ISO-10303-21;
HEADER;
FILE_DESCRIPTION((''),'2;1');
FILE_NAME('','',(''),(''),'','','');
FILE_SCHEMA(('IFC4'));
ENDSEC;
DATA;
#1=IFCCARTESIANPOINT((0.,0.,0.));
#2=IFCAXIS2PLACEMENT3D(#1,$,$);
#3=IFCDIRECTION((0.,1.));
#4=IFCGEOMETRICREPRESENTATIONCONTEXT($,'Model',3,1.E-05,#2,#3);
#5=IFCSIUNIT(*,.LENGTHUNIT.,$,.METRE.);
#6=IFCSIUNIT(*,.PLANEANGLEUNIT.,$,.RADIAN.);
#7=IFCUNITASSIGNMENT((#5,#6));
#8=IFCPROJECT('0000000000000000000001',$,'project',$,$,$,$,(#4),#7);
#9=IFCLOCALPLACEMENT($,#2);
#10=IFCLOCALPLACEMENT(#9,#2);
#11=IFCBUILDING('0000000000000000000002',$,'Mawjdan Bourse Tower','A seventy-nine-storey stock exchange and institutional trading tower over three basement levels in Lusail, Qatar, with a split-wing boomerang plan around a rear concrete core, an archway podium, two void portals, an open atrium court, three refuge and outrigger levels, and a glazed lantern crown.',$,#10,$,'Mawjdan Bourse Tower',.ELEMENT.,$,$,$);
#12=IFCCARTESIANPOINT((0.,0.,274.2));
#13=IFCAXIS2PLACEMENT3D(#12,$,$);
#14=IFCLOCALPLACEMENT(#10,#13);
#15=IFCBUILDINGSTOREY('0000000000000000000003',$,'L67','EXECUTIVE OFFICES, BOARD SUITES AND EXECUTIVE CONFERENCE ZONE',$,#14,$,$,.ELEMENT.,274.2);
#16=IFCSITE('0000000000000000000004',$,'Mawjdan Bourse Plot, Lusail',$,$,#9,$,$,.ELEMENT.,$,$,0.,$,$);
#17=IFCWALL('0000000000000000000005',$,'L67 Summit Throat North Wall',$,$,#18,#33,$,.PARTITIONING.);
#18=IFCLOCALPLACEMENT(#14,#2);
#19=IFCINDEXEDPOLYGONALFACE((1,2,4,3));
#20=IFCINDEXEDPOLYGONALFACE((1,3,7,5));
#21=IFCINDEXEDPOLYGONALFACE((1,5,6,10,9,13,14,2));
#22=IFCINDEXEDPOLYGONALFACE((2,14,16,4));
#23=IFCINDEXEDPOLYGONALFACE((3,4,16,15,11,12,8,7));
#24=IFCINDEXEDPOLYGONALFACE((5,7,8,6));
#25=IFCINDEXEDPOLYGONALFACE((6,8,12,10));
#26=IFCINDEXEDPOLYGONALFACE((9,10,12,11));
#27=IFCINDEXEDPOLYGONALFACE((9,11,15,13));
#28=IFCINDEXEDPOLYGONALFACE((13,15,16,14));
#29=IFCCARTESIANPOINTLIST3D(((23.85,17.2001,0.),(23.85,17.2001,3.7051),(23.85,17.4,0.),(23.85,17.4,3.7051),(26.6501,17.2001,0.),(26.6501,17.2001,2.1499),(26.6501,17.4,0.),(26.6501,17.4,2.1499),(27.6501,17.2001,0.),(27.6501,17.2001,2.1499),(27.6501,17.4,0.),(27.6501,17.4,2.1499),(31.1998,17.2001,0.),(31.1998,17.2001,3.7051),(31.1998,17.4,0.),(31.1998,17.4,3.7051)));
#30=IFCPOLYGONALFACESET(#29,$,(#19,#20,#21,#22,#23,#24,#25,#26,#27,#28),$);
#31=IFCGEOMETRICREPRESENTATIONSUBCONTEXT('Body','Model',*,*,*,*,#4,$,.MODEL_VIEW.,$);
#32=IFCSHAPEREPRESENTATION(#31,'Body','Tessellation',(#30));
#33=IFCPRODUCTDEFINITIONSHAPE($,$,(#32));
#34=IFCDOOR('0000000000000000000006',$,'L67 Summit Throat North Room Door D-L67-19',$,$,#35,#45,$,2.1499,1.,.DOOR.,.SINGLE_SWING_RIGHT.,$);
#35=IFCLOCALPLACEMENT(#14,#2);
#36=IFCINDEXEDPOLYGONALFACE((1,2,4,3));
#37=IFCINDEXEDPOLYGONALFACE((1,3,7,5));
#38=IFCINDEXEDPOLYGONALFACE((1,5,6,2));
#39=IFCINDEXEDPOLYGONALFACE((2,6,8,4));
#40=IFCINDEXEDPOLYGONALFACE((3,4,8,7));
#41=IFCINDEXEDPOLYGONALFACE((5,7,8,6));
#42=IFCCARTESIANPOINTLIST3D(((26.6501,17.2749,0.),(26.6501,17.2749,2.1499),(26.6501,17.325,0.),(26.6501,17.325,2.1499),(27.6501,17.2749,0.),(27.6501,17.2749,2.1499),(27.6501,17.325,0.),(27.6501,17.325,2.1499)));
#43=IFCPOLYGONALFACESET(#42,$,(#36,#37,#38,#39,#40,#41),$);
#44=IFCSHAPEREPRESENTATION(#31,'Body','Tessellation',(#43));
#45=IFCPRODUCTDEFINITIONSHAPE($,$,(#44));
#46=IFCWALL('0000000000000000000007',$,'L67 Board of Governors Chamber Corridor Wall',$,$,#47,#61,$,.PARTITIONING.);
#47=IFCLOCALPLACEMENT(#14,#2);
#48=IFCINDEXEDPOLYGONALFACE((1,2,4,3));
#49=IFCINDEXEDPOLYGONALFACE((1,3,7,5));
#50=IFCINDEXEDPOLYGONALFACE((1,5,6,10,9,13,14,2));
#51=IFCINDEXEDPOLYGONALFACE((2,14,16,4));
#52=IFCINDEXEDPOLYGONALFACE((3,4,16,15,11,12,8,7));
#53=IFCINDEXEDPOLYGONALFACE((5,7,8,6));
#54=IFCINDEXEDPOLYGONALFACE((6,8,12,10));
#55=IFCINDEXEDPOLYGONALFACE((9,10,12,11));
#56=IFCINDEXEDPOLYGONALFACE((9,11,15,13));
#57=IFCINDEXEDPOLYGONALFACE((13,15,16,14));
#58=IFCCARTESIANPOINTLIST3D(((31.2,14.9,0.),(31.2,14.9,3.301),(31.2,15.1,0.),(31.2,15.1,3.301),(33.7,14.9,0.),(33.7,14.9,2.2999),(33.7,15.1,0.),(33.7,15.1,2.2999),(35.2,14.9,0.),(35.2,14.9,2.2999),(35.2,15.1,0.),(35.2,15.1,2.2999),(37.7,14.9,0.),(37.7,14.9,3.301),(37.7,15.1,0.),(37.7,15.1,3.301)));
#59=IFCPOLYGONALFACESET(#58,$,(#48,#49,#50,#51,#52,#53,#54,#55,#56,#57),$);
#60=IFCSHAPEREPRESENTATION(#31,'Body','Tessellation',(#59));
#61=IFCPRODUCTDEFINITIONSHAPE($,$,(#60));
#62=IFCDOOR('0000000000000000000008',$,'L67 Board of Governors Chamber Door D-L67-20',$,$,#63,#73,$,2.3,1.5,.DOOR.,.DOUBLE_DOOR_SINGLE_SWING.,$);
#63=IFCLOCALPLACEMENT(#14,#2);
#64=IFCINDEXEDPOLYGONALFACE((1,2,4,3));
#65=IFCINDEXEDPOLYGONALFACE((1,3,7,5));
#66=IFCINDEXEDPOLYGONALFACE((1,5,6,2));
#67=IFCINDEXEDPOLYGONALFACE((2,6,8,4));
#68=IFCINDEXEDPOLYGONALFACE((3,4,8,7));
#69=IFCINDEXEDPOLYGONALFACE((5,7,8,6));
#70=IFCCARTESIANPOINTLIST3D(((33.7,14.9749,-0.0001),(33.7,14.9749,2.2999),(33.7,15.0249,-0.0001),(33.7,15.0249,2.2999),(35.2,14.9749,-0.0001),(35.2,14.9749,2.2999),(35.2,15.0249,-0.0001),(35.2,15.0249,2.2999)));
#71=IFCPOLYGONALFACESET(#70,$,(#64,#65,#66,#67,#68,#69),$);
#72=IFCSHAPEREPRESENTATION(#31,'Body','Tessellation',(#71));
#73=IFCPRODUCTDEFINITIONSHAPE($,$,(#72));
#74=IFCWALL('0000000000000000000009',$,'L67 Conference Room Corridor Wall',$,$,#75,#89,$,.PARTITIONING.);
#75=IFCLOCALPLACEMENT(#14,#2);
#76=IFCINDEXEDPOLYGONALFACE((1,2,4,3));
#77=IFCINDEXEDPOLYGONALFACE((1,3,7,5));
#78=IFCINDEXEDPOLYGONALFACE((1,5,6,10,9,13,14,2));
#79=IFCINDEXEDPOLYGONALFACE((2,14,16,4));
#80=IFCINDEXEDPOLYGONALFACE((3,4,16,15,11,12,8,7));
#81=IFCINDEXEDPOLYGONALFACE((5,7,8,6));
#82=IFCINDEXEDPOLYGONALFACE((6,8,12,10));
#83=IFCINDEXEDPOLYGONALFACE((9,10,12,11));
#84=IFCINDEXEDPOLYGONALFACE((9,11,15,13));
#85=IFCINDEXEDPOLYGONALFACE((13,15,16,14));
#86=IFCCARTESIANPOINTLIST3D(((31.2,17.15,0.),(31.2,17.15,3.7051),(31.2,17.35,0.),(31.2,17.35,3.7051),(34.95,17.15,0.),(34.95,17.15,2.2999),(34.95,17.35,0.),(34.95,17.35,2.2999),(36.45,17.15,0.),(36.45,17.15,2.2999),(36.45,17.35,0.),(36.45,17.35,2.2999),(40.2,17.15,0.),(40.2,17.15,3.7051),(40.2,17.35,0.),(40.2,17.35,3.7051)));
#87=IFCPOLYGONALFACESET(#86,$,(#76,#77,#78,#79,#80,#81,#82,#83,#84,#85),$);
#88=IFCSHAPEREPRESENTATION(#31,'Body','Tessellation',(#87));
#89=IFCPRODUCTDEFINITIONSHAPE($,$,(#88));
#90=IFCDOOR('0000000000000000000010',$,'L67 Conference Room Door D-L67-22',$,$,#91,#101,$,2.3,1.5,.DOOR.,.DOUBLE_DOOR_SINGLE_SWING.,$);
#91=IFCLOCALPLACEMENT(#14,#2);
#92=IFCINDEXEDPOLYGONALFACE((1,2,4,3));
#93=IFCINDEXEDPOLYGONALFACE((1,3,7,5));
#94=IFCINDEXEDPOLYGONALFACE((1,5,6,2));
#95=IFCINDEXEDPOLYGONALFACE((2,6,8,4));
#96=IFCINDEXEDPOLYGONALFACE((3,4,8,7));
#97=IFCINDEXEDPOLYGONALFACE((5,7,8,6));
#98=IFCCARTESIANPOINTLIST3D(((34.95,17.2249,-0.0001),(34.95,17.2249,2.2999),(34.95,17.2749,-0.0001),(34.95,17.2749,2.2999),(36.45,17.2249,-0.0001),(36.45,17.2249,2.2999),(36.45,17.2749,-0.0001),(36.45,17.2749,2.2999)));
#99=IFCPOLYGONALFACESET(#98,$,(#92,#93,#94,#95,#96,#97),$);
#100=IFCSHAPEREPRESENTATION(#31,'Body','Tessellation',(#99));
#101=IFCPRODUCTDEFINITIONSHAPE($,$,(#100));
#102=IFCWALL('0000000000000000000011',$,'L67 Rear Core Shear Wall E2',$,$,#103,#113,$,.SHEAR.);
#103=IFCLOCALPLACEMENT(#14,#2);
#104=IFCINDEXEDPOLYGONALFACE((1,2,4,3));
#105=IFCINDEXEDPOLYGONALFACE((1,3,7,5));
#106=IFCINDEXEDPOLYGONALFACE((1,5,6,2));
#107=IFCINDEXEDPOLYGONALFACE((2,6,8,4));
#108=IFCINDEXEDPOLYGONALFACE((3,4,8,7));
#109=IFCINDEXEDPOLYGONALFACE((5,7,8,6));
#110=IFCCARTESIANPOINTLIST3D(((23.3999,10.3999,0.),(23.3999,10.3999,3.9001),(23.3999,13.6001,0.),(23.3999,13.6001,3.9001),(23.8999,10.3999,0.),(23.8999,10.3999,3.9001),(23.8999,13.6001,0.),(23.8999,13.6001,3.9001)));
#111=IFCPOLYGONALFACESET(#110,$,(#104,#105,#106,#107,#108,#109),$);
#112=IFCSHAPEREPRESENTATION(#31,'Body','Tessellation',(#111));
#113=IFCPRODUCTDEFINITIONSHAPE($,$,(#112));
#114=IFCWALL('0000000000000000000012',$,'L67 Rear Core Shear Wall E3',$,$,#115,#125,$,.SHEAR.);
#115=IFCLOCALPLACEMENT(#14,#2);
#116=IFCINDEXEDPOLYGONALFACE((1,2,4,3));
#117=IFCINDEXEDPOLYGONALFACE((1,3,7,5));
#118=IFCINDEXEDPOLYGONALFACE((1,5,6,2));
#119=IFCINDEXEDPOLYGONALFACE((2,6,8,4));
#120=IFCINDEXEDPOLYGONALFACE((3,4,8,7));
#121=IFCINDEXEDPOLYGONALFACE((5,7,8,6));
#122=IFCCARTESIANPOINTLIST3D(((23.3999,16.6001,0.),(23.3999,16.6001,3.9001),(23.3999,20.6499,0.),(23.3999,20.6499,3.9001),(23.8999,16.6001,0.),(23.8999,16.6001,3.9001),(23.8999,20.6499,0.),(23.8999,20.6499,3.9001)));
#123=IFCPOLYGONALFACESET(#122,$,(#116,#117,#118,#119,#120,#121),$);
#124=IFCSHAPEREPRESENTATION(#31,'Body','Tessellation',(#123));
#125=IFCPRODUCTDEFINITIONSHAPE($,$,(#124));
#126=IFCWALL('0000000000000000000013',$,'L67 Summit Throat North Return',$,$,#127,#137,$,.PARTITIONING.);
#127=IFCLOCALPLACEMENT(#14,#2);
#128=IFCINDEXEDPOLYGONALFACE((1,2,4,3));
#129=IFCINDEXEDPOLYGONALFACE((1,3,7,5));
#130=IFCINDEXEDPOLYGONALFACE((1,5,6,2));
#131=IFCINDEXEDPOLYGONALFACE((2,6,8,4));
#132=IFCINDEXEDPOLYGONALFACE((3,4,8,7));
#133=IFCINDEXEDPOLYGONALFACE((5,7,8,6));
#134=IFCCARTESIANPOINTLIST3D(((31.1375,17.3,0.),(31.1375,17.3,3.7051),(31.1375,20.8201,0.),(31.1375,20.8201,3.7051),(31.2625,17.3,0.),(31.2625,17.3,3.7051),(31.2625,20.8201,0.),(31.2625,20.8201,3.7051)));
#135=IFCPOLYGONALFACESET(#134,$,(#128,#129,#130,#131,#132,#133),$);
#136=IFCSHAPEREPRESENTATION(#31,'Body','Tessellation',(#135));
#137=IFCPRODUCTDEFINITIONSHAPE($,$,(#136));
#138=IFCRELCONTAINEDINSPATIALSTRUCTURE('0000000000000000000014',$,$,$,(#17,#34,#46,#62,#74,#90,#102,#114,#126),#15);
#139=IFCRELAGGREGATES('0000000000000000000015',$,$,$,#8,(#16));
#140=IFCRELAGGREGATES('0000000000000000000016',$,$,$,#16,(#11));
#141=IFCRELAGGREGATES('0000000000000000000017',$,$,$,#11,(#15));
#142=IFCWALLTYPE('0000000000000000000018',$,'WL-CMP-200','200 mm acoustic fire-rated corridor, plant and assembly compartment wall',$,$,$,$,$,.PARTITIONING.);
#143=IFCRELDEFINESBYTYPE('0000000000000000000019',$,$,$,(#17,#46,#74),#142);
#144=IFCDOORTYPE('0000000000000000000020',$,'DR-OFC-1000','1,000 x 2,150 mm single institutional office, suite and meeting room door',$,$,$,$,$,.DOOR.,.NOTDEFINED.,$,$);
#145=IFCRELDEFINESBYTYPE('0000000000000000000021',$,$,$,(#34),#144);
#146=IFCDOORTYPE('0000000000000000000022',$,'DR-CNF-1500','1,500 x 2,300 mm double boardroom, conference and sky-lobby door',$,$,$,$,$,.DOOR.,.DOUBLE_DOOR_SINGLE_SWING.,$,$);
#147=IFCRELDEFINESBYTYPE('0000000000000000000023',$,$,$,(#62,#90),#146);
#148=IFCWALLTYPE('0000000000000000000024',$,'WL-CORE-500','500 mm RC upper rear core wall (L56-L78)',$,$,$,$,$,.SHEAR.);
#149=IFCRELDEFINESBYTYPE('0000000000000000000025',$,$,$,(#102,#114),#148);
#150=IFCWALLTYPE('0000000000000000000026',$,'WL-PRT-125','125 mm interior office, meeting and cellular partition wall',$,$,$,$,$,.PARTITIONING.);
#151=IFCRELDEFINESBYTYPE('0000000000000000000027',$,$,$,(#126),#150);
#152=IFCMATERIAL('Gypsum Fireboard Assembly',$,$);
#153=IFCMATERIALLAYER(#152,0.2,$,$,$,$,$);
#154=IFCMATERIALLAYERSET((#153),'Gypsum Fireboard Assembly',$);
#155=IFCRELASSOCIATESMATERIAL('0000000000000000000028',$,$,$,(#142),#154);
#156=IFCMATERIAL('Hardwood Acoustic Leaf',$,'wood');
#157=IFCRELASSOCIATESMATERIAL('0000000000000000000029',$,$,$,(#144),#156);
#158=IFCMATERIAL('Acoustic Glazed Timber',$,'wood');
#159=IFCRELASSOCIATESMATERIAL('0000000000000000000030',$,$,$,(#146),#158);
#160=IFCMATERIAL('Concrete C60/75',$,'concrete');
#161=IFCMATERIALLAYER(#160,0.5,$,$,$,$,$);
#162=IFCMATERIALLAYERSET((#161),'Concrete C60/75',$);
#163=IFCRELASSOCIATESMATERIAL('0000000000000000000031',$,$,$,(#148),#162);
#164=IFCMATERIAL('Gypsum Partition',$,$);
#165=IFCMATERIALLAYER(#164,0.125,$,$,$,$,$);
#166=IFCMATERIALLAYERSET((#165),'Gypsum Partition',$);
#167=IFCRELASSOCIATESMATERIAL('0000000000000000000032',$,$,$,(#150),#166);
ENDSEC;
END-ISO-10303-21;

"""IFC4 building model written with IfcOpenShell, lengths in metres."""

from ifc_helpers import new_model, si_unit, direction, frame, frame_2d, origin, place, context, subcontext, project, spatial, rectangle, extrude, material, layer, layer_set, type_object, element, fill, save


model = new_model("IFC4")

# Units and contexts
model_context = context("Model", 3, precision=1e-05, world=origin(), true_north=direction((0.0, 1.0)))
body_context = subcontext(model_context, "Body", "Model", "MODEL_VIEW")
ifc_project = project(units=[si_unit("LENGTHUNIT", "METRE"), si_unit("PLANEANGLEUNIT", "RADIAN")], contexts=[model_context])

# Site, building, storey
site_placement = place(None, origin())
site = spatial("IfcSite", under=ifc_project, at=site_placement, Name="Mawjdan Bourse Plot, Lusail", CompositionType="ELEMENT", RefElevation=0.0)
building_placement = place(site_placement, origin())
building = spatial("IfcBuilding", under=site, at=building_placement, Name="Mawjdan Bourse Tower", Description="A seventy-nine-storey stock exchange and institutional trading tower over three basement levels in Lusail, Qatar, with a split-wing boomerang plan around a rear concrete core, an archway podium, two void portals, an open atrium court, three refuge and outrigger levels, and a glazed lantern crown.", LongName="Mawjdan Bourse Tower", CompositionType="ELEMENT")
storey_placement = place(building_placement, frame((0.0, 0.0, 274.2)))
storey = spatial("IfcBuildingStorey", under=building, at=storey_placement, Name="L67", Description="EXECUTIVE OFFICES, BOARD SUITES AND EXECUTIVE CONFERENCE ZONE", CompositionType="ELEMENT", Elevation=274.2)

# Shared definitions
ifc_material_1 = material(Name="Concrete C60/75", Category="concrete")

# Shared definitions
ifc_material_2 = material(Name="Gypsum Fireboard Assembly")
ifc_layer_1 = layer(ifc_material_2, 0.2)
ifc_layer_set_1 = layer_set([ifc_layer_1], Name="Gypsum Fireboard Assembly")
wall_type_1 = type_object("IfcWallType", Name="WL-CMP-200", Description="200 mm acoustic fire-rated corridor, plant and assembly compartment wall", PredefinedType="PARTITIONING", material=ifc_layer_set_1)

# Walls, openings, doors
wall_1_placement = place(storey_placement, frame((23.8501, 17.3, 0.0), z_axis=(0.0, 0.0, 1.0), x_axis=(1.0, 0.0, 0.0)))
wall_1 = element("IfcWall", 1, at=wall_1_placement, inside=storey, type_object=wall_type_1, Name="L67 Summit Throat North Wall", PredefinedType="PARTITIONING", context=body_context, shape_type="SweptSolid", body=[
    extrude(rectangle(XDim=7.3499, YDim=0.2, at=frame_2d((3.6748, 0.0))), origin(), (0.0, 0.0, 1.0), 3.7051),
])
opening_1_placement = place(wall_1_placement, frame((2.8, 0.0, 0.0)))
opening_1 = element("IfcOpeningElement", 2, at=opening_1_placement, cuts=wall_1, PredefinedType="OPENING", context=body_context, shape_type="SweptSolid", body=[
    extrude(rectangle(XDim=1.0, YDim=2.1499, at=frame_2d((0.5, 1.075))), frame((0.0, 0.1099, 0.0), z_axis=(0.0, -1.0, 0.0), x_axis=(1.0, 0.0, 0.0)), (0.0, 0.0, 1.0), 0.22),
])
ifc_material_3 = material(Name="Hardwood Acoustic Leaf", Category="wood")
door_type_1 = type_object("IfcDoorType", Name="DR-OFC-1000", Description="1,000 x 2,150 mm single institutional office, suite and meeting room door", OperationType="NOTDEFINED", PredefinedType="DOOR", material=ifc_material_3)
door_1_placement = place(opening_1_placement, origin())
door_1 = element("IfcDoor", 3, at=door_1_placement, inside=storey, type_object=door_type_1, Name="L67 Summit Throat North Room Door D-L67-19", OperationType="SINGLE_SWING_RIGHT", OverallHeight=2.1499, OverallWidth=1.0, PredefinedType="DOOR", context=body_context, shape_type="SweptSolid", body=[
    extrude(rectangle(XDim=1.0, YDim=2.1499, at=frame_2d((0.5, 1.075))), frame((0.0, 0.0249, 0.0), z_axis=(0.0, -1.0, 0.0), x_axis=(1.0, 0.0, 0.0)), (0.0, 0.0, 1.0), 0.05),
])
fill(opening_1, door_1)
wall_2_placement = place(storey_placement, frame((31.2, 15.0, 0.0), z_axis=(0.0, 0.0, 1.0), x_axis=(1.0, 0.0, 0.0)))
wall_2 = element("IfcWall", 4, at=wall_2_placement, inside=storey, type_object=wall_type_1, Name="L67 Board of Governors Chamber Corridor Wall", PredefinedType="PARTITIONING", context=body_context, shape_type="SweptSolid", body=[
    extrude(rectangle(XDim=6.5, YDim=0.2, at=frame_2d((3.25, 0.0))), origin(), (0.0, 0.0, 1.0), 3.301),
])
opening_2_placement = place(wall_2_placement, frame((2.5, 0.0, 0.0)))
opening_2 = element("IfcOpeningElement", 5, at=opening_2_placement, cuts=wall_2, PredefinedType="OPENING", context=body_context, shape_type="SweptSolid", body=[
    extrude(rectangle(XDim=1.5, YDim=2.3, at=frame_2d((0.75, 1.1499))), frame((0.0, 0.1099, 0.0), z_axis=(0.0, -1.0, 0.0), x_axis=(1.0, 0.0, 0.0)), (0.0, 0.0, 1.0), 0.22),
])
ifc_material_4 = material(Name="Acoustic Glazed Timber", Category="wood")
door_type_2 = type_object("IfcDoorType", Name="DR-CNF-1500", Description="1,500 x 2,300 mm double boardroom, conference and sky-lobby door", OperationType="DOUBLE_DOOR_SINGLE_SWING", PredefinedType="DOOR", material=ifc_material_4)
door_2_placement = place(opening_2_placement, origin())
door_2 = element("IfcDoor", 6, at=door_2_placement, inside=storey, type_object=door_type_2, Name="L67 Board of Governors Chamber Door D-L67-20", OperationType="DOUBLE_DOOR_SINGLE_SWING", OverallHeight=2.3, OverallWidth=1.5, PredefinedType="DOOR", context=body_context, shape_type="SweptSolid", body=[
    extrude(rectangle(XDim=1.5, YDim=2.3, at=frame_2d((0.75, 1.1499))), frame((0.0, 0.0249, 0.0), z_axis=(0.0, -1.0, 0.0), x_axis=(1.0, 0.0, 0.0)), (0.0, 0.0, 1.0), 0.05),
])
fill(opening_2, door_2)
wall_3_placement = place(storey_placement, frame((31.2, 17.25, 0.0), z_axis=(0.0, 0.0, 1.0), x_axis=(1.0, 0.0, 0.0)))
wall_3 = element("IfcWall", 7, at=wall_3_placement, inside=storey, type_object=wall_type_1, Name="L67 Conference Room Corridor Wall", PredefinedType="PARTITIONING", context=body_context, shape_type="SweptSolid", body=[
    extrude(rectangle(XDim=9.0, YDim=0.2, at=frame_2d((4.5, 0.0))), origin(), (0.0, 0.0, 1.0), 3.7051),
])
opening_3_placement = place(wall_3_placement, frame((3.75, 0.0, 0.0)))
opening_3 = element("IfcOpeningElement", 8, at=opening_3_placement, cuts=wall_3, PredefinedType="OPENING", context=body_context, shape_type="SweptSolid", body=[
    extrude(rectangle(XDim=1.5, YDim=2.3, at=frame_2d((0.75, 1.1499))), frame((0.0, 0.1099, 0.0), z_axis=(0.0, -1.0, 0.0), x_axis=(1.0, 0.0, 0.0)), (0.0, 0.0, 1.0), 0.22),
])
door_3_placement = place(opening_3_placement, origin())
door_3 = element("IfcDoor", 9, at=door_3_placement, inside=storey, type_object=door_type_2, Name="L67 Conference Room Door D-L67-22", OperationType="DOUBLE_DOOR_SINGLE_SWING", OverallHeight=2.3, OverallWidth=1.5, PredefinedType="DOOR", context=body_context, shape_type="SweptSolid", body=[
    extrude(rectangle(XDim=1.5, YDim=2.3, at=frame_2d((0.75, 1.1499))), frame((0.0, 0.0249, 0.0), z_axis=(0.0, -1.0, 0.0), x_axis=(1.0, 0.0, 0.0)), (0.0, 0.0, 1.0), 0.05),
])
fill(opening_3, door_3)

# Walls
ifc_layer_2 = layer(ifc_material_1, 0.5)
ifc_layer_set_2 = layer_set([ifc_layer_2], Name="Concrete C60/75")
wall_type_2 = type_object("IfcWallType", Name="WL-CORE-500", Description="500 mm RC upper rear core wall (L56-L78)", PredefinedType="SHEAR", material=ifc_layer_set_2)
wall_4_placement = place(storey_placement, frame((23.6499, 10.3999, 0.0), z_axis=(0.0, 0.0, 1.0), x_axis=(0.0, 1.0, 0.0)))
element("IfcWall", 10, at=wall_4_placement, inside=storey, type_object=wall_type_2, Name="L67 Rear Core Shear Wall E2", PredefinedType="SHEAR", context=body_context, shape_type="SweptSolid", body=[
    extrude(rectangle(XDim=3.2002, YDim=0.5, at=frame_2d((1.6001, 0.0))), origin(), (0.0, 0.0, 1.0), 3.9001),
])
wall_5_placement = place(storey_placement, frame((23.6499, 16.6001, 0.0), z_axis=(0.0, 0.0, 1.0), x_axis=(0.0, 1.0, 0.0)))
element("IfcWall", 11, at=wall_5_placement, inside=storey, type_object=wall_type_2, Name="L67 Rear Core Shear Wall E3", PredefinedType="SHEAR", context=body_context, shape_type="SweptSolid", body=[
    extrude(rectangle(XDim=4.0498, YDim=0.5, at=frame_2d((2.0249, 0.0))), origin(), (0.0, 0.0, 1.0), 3.9001),
])
ifc_material_5 = material(Name="Gypsum Partition")
ifc_layer_3 = layer(ifc_material_5, 0.125)
ifc_layer_set_3 = layer_set([ifc_layer_3], Name="Gypsum Partition")
wall_type_3 = type_object("IfcWallType", Name="WL-PRT-125", Description="125 mm interior office, meeting and cellular partition wall", PredefinedType="PARTITIONING", material=ifc_layer_set_3)
wall_6_placement = place(storey_placement, frame((31.2, 17.3, 0.0), z_axis=(0.0, 0.0, 1.0), x_axis=(0.0, 1.0, 0.0)))
element("IfcWall", 12, at=wall_6_placement, inside=storey, type_object=wall_type_3, Name="L67 Summit Throat North Return", PredefinedType="PARTITIONING", context=body_context, shape_type="SweptSolid", body=[
    extrude(rectangle(XDim=3.52, YDim=0.125, at=frame_2d((1.76, 0.0))), origin(), (0.0, 0.0, 1.0), 3.7051),
])

save(model, "model.ifc")
